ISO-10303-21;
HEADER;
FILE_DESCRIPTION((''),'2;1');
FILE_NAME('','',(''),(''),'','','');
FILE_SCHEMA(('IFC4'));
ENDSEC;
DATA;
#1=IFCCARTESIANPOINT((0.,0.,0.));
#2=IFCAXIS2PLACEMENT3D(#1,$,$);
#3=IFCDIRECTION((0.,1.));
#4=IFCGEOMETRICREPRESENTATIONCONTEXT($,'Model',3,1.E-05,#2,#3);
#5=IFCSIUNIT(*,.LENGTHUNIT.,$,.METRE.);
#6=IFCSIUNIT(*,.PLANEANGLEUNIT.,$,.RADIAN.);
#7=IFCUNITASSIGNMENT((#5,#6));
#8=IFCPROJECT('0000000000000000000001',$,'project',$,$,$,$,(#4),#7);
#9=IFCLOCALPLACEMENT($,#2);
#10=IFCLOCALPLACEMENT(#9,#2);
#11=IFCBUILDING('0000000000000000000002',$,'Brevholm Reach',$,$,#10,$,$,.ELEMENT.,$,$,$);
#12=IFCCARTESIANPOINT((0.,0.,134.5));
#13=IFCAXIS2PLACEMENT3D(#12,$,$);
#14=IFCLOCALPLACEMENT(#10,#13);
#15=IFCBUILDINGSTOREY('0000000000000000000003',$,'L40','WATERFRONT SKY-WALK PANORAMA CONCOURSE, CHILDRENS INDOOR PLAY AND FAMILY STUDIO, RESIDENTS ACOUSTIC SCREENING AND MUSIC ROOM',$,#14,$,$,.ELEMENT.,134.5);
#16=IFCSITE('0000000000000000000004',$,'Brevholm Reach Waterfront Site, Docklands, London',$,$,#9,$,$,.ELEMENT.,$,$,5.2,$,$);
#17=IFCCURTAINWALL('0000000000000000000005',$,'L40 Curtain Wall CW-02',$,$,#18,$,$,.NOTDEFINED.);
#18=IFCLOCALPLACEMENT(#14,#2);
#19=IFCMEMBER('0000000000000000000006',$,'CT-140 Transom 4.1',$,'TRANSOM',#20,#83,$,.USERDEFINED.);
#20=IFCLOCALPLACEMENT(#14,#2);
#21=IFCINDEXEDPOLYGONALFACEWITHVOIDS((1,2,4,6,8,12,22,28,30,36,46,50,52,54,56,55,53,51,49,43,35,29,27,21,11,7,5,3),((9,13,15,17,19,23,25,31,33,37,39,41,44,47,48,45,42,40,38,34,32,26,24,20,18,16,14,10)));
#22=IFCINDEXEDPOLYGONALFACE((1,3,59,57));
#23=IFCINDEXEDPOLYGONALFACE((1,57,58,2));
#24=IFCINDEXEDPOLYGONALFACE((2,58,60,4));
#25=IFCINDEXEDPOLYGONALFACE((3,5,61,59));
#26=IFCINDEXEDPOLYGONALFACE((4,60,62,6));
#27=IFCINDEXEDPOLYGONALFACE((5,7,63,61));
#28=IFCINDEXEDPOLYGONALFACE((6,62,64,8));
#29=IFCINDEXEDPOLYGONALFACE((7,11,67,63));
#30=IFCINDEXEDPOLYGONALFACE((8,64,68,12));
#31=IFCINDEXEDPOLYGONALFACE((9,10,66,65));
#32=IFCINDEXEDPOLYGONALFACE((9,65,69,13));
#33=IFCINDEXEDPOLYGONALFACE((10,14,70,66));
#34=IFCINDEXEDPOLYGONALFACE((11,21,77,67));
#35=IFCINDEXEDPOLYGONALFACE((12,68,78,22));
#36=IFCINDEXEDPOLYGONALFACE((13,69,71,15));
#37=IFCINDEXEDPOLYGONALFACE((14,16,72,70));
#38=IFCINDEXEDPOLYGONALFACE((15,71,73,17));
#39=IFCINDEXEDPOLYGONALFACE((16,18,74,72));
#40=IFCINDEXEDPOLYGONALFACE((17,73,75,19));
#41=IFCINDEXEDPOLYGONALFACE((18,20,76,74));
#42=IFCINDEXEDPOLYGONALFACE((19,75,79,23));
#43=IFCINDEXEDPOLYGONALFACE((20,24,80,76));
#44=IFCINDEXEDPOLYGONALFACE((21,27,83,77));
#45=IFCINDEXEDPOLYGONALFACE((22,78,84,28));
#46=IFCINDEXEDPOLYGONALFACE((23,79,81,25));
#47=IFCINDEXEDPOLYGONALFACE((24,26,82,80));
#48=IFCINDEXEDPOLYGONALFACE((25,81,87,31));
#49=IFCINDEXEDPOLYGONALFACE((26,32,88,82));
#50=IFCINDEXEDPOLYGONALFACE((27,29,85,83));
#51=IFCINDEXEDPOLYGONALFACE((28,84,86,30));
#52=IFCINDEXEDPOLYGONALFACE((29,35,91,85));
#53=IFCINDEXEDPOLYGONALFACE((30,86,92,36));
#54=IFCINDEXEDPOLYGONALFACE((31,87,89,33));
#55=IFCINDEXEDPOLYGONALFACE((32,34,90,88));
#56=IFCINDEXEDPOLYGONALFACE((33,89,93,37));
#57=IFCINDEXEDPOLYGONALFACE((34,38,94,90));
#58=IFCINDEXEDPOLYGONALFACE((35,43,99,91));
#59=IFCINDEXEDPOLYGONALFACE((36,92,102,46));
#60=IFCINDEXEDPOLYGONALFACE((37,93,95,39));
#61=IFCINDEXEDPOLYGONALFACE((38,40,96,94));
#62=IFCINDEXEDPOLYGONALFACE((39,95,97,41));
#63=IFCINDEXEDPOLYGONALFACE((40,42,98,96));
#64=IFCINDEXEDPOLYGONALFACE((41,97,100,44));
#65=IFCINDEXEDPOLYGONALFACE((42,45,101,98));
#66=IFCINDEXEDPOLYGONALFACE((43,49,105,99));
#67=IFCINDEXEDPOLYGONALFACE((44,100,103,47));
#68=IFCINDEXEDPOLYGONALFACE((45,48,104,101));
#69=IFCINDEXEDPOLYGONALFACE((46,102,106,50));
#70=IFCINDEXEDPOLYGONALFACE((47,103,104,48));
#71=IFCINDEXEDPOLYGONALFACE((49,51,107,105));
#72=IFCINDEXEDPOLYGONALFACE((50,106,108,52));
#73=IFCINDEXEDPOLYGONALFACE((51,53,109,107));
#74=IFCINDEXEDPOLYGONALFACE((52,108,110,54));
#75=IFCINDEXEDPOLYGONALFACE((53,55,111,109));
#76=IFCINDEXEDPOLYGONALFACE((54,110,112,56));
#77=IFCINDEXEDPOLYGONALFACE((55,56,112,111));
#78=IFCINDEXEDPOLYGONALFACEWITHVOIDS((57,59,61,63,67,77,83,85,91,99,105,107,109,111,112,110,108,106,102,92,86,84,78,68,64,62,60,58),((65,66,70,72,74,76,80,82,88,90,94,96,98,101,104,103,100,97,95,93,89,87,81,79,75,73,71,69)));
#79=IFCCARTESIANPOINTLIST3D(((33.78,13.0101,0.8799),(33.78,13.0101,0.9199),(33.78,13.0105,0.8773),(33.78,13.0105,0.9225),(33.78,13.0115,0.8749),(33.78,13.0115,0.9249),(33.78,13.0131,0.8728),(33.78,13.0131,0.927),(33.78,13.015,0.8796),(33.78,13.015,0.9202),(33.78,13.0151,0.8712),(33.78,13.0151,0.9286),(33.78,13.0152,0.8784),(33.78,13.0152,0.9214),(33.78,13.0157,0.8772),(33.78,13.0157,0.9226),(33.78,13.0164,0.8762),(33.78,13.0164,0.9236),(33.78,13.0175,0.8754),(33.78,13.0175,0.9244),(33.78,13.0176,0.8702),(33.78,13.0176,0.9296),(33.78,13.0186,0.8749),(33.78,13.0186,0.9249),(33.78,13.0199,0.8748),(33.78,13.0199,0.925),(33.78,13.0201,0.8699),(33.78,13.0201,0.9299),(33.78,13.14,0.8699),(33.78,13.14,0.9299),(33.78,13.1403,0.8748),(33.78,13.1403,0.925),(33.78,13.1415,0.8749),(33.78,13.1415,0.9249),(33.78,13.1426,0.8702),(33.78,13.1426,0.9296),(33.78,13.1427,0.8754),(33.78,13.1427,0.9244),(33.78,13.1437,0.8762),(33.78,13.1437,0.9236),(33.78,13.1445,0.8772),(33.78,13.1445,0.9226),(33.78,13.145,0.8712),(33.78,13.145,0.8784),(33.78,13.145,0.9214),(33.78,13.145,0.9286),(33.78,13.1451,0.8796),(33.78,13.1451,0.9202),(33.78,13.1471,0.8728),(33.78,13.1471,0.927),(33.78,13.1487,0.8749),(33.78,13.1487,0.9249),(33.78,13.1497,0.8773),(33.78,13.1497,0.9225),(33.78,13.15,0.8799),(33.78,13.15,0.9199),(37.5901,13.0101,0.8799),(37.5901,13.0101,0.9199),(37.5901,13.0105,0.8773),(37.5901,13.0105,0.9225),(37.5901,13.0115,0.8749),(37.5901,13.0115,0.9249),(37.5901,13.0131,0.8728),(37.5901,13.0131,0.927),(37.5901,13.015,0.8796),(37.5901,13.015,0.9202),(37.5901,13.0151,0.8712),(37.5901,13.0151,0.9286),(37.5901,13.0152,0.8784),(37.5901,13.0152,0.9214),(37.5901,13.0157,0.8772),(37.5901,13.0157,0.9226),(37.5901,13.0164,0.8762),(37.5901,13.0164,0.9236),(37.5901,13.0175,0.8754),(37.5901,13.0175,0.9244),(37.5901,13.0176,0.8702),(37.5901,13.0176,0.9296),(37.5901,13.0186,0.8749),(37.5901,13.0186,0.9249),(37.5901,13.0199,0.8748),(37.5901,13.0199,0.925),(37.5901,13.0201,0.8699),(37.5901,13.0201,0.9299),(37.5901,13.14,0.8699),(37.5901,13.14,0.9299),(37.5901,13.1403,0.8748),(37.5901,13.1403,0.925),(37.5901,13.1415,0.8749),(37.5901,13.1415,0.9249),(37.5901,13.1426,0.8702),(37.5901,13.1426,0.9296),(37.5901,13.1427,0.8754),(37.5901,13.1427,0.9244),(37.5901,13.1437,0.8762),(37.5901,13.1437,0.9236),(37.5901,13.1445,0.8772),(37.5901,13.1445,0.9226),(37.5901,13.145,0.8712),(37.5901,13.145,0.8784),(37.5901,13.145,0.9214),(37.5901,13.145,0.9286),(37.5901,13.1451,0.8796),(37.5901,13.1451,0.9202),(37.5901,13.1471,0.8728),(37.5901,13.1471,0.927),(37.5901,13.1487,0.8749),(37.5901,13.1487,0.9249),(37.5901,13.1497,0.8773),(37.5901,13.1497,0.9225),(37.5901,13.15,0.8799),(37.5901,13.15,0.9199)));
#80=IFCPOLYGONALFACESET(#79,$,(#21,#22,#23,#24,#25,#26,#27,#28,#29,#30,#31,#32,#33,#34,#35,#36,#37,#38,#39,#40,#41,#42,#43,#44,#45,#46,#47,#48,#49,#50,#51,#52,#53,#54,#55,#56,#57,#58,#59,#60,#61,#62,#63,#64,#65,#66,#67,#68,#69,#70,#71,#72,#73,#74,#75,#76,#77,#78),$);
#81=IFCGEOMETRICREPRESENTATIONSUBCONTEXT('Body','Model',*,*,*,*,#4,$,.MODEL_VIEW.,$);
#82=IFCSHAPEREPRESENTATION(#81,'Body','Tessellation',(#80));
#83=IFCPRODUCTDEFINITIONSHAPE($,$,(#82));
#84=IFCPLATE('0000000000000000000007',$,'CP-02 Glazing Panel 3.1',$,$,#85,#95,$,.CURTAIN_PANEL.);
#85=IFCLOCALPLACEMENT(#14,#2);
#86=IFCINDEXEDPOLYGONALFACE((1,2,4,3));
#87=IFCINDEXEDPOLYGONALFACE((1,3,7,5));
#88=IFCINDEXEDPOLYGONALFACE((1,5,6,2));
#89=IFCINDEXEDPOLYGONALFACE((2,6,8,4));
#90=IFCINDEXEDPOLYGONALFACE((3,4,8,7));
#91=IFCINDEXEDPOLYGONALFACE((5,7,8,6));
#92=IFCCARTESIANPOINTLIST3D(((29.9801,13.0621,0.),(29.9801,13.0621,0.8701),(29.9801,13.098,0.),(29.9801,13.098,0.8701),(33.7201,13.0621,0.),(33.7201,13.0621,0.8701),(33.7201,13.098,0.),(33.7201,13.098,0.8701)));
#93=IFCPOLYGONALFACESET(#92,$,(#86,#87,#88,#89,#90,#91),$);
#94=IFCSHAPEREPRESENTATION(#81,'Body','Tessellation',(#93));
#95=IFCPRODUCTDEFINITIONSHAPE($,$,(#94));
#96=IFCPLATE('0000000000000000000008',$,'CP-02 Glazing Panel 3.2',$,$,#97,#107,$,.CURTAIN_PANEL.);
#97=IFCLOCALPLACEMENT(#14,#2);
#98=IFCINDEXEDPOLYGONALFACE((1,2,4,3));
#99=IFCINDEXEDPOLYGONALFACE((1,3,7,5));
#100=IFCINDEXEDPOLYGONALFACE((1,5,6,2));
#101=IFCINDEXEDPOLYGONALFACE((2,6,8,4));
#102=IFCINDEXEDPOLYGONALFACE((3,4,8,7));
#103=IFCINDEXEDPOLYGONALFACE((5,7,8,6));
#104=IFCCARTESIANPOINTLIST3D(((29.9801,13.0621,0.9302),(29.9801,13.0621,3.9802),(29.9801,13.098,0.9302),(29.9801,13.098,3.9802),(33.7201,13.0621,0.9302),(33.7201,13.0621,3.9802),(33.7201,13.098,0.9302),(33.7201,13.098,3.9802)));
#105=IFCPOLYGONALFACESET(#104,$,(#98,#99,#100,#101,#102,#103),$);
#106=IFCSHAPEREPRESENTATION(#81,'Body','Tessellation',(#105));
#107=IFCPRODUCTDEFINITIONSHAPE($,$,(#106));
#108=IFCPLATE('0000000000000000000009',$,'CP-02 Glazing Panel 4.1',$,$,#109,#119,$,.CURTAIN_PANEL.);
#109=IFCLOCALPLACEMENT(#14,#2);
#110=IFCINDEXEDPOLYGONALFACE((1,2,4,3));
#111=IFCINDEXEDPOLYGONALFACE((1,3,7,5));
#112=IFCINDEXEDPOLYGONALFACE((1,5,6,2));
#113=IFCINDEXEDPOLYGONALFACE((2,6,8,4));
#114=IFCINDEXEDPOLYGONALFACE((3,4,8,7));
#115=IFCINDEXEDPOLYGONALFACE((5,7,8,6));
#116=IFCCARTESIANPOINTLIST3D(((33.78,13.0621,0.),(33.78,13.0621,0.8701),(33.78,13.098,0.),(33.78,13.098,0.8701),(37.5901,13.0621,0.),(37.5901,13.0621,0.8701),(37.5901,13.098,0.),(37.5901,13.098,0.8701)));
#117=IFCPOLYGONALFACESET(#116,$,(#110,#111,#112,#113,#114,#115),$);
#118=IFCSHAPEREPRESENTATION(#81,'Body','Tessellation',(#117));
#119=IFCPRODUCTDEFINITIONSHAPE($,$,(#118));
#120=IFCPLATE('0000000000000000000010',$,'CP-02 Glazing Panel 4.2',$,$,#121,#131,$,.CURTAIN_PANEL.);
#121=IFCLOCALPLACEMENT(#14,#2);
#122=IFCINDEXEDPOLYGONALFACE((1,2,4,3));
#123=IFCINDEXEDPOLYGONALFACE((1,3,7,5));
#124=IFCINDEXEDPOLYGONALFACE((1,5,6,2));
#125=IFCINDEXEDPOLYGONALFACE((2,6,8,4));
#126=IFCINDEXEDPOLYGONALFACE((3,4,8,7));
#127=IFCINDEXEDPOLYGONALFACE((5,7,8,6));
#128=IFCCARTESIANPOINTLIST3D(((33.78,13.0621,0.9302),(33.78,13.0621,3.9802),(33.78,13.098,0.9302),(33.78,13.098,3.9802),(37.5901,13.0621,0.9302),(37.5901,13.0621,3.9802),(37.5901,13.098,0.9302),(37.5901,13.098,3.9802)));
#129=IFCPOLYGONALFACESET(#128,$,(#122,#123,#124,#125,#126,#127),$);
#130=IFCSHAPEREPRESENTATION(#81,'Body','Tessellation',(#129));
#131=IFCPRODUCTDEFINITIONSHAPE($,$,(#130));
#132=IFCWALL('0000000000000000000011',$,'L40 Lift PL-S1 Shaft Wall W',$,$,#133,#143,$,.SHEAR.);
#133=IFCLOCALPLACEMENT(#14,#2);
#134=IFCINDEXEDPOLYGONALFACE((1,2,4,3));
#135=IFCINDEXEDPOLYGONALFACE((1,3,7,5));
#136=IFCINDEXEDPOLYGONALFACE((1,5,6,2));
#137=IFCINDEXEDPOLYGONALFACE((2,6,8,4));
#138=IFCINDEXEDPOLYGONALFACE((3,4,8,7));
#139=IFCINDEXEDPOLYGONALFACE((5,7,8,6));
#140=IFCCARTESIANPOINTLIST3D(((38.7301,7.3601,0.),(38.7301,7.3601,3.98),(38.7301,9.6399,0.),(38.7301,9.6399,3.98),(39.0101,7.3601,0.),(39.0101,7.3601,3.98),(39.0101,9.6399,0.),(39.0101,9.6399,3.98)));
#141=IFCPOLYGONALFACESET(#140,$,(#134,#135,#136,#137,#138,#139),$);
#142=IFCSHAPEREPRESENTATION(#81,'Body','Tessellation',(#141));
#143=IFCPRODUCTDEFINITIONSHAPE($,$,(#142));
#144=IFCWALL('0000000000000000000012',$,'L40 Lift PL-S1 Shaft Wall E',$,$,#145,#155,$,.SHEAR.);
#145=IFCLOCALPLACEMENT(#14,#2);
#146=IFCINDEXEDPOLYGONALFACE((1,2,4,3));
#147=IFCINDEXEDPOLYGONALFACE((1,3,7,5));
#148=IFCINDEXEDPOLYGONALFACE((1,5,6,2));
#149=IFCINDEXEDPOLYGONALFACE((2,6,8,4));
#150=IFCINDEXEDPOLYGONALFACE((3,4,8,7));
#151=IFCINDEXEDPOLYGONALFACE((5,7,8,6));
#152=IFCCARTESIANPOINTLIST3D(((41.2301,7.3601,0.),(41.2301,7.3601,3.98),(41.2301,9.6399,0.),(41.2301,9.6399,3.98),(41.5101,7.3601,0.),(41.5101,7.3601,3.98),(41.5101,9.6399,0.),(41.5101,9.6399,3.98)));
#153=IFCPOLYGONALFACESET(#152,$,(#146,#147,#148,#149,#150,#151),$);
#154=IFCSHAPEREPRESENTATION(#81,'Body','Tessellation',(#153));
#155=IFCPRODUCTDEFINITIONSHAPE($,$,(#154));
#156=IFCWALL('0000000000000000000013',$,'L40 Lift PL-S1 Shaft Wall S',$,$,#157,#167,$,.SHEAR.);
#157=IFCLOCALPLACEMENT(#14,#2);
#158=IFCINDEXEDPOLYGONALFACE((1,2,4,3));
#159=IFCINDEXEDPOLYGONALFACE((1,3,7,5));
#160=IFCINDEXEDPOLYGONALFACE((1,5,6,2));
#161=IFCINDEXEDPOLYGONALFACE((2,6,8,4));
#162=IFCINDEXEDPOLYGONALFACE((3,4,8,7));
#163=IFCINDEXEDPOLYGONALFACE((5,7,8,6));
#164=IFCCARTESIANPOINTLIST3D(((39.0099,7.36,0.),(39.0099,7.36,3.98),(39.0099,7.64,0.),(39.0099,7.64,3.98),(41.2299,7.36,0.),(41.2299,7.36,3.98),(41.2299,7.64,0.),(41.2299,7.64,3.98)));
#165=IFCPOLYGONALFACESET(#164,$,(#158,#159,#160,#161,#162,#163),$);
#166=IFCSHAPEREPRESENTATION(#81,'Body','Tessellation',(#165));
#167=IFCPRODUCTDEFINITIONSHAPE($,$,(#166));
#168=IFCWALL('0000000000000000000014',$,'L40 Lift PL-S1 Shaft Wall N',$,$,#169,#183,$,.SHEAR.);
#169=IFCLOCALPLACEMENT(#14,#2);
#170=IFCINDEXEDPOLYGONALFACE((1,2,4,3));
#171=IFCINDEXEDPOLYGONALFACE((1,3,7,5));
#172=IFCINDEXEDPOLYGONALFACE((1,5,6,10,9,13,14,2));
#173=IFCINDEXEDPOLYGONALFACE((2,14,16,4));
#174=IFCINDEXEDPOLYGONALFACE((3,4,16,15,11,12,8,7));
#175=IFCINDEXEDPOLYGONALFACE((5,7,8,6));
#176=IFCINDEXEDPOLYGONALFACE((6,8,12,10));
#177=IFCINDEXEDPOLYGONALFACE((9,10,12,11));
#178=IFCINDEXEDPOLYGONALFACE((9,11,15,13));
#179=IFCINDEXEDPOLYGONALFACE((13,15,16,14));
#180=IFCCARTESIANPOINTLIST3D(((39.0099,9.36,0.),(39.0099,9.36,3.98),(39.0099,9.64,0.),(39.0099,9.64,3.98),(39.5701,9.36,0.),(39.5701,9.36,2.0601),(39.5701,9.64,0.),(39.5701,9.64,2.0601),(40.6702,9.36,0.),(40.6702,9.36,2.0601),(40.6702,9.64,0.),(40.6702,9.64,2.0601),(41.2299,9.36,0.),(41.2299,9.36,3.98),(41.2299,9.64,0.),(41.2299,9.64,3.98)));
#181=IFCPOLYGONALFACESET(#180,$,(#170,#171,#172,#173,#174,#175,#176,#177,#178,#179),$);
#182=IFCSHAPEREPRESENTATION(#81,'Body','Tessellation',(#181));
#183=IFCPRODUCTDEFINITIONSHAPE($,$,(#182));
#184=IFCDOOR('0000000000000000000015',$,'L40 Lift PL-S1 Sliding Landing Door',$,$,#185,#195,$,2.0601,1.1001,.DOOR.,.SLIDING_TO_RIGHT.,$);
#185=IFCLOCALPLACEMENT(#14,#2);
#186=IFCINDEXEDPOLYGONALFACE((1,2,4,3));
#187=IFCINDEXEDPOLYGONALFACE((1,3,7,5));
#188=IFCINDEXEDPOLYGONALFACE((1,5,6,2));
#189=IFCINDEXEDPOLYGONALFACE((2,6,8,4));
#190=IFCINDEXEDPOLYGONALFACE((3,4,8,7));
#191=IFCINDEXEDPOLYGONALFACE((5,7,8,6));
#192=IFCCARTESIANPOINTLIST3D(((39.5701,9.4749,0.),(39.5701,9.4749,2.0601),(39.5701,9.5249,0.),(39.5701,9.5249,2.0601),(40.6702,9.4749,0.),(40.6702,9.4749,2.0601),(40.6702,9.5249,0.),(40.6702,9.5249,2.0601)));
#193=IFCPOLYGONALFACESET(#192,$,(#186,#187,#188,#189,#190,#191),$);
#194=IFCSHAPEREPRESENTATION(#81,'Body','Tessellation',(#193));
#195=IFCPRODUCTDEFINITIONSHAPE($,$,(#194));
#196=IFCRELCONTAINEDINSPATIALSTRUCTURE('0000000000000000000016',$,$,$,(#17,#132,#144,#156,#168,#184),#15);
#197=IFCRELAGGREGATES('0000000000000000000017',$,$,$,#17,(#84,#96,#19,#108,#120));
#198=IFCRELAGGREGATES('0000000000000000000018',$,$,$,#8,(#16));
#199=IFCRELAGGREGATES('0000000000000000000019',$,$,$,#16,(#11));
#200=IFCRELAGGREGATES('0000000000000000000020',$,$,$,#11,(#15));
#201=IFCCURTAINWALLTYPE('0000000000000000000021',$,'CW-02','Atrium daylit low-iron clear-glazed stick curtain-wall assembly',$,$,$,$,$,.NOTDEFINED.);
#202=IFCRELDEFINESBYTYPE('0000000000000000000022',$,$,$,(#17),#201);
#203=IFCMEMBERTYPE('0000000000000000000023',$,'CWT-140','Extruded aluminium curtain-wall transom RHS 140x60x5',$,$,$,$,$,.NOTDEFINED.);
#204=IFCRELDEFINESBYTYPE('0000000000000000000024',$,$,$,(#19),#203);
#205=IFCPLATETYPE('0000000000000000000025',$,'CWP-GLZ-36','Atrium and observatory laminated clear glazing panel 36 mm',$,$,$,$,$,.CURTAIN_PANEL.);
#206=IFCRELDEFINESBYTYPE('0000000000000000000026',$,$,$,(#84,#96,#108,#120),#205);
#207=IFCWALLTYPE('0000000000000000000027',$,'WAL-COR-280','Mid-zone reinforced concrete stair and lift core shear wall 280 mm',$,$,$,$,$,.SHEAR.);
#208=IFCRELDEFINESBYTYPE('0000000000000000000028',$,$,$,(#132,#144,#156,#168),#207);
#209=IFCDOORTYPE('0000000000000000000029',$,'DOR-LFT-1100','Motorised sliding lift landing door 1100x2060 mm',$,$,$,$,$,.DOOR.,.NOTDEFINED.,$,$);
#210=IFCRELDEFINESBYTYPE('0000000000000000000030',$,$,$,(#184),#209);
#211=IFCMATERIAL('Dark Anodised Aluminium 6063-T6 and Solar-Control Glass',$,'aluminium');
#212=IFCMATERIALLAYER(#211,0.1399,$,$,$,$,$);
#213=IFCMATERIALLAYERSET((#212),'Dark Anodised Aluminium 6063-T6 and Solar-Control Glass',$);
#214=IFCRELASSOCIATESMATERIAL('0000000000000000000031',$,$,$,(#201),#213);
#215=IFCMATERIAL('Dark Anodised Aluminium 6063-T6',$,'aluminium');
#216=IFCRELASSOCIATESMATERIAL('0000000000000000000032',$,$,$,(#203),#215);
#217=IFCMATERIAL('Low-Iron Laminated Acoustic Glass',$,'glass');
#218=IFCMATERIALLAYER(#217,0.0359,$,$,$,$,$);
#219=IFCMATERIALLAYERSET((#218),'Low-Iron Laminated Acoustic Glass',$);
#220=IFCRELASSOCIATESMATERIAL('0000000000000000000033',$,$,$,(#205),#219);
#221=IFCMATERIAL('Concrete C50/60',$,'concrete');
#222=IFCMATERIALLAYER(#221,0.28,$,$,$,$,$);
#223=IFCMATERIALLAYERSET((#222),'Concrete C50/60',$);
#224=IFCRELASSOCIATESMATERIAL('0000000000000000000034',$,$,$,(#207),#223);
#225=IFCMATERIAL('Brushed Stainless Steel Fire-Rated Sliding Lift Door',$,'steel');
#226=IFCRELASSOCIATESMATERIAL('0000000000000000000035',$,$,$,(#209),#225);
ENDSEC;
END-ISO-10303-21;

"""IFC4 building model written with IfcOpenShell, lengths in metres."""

from ifc_helpers import new_model, si_unit, direction, frame, frame_2d, origin, origin_2d, place, context, subcontext, project, spatial, rectangle, hollow_rectangle, extrude, material, layer, layer_set, material_profile, profile_set, type_object, element, fill, aggregate, save


model = new_model("IFC4")

# Units and contexts
model_context = context("Model", 3, precision=1e-05, world=origin(), true_north=direction((0.0, 1.0)))
body_context = subcontext(model_context, "Body", "Model", "MODEL_VIEW")
ifc_project = project(units=[si_unit("LENGTHUNIT", "METRE"), si_unit("PLANEANGLEUNIT", "RADIAN")], contexts=[model_context])

# Site, building, storey
site_placement = place(None, origin())
site = spatial("IfcSite", under=ifc_project, at=site_placement, Name="Brevholm Reach Waterfront Site, Docklands, London", CompositionType="ELEMENT", RefElevation=5.2)
building_placement = place(site_placement, origin())
building = spatial("IfcBuilding", under=site, at=building_placement, Name="Brevholm Reach", CompositionType="ELEMENT")
storey_placement = place(building_placement, frame((0.0, 0.0, 134.5)))
storey = spatial("IfcBuildingStorey", under=building, at=storey_placement, Name="L40", Description="WATERFRONT SKY-WALK PANORAMA CONCOURSE, CHILDRENS INDOOR PLAY AND FAMILY STUDIO, RESIDENTS ACOUSTIC SCREENING AND MUSIC ROOM", CompositionType="ELEMENT", Elevation=134.5)

# Curtain wall, member, plates
ifc_material_1 = material(Name="Dark Anodised Aluminium 6063-T6 and Solar-Control Glass", Category="aluminium")
ifc_layer_1 = layer(ifc_material_1, 0.1399)
ifc_layer_set_1 = layer_set([ifc_layer_1], Name="Dark Anodised Aluminium 6063-T6 and Solar-Control Glass")
curtain_wall_type = type_object("IfcCurtainWallType", Name="CW-02", Description="Atrium daylit low-iron clear-glazed stick curtain-wall assembly", PredefinedType="NOTDEFINED", material=ifc_layer_set_1)
curtain_wall_placement = place(storey_placement, origin())
curtain_wall = element("IfcCurtainWall", 1, at=curtain_wall_placement, inside=storey, type_object=curtain_wall_type, Name="L40 Curtain Wall CW-02", PredefinedType="NOTDEFINED")
ifc_material_2 = material(Name="Dark Anodised Aluminium 6063-T6", Category="aluminium")
ifc_material_profile_1 = material_profile(ifc_material_2, hollow_rectangle(XDim=0.0601, YDim=0.1399, WallThickness=0.0049, InnerFilletRadius=0.0049, OuterFilletRadius=0.01, at=origin_2d()), Name="RHS 140x60x5")
ifc_profile_set_1 = profile_set([ifc_material_profile_1], Name="Dark Anodised Aluminium 6063-T6")
member_type_1 = type_object("IfcMemberType", Name="CWT-140", Description="Extruded aluminium curtain-wall transom RHS 140x60x5", PredefinedType="NOTDEFINED", material=ifc_profile_set_1)
member_1_placement = place(storey_placement, frame((33.78, 13.0801, 0.8999), z_axis=(1.0, 0.0, 0.0), x_axis=(0.0, 0.0, 1.0)))
member_1 = element("IfcMember", 2, at=member_1_placement, type_object=member_type_1, Name="CT-140 Transom 4.1", ObjectType="TRANSOM", PredefinedType="USERDEFINED", context=body_context, shape_type="SweptSolid", body=[
    extrude(hollow_rectangle(XDim=0.0601, YDim=0.1399, WallThickness=0.0049, InnerFilletRadius=0.0049, OuterFilletRadius=0.01, at=origin_2d()), origin(), (0.0, 0.0, 1.0), 3.8101),
])
ifc_material_3 = material(Name="Low-Iron Laminated Acoustic Glass", Category="glass")
ifc_layer_2 = layer(ifc_material_3, 0.0359)
ifc_layer_set_2 = layer_set([ifc_layer_2], Name="Low-Iron Laminated Acoustic Glass")
plate_type = type_object("IfcPlateType", Name="CWP-GLZ-36", Description="Atrium and observatory laminated clear glazing panel 36 mm", PredefinedType="CURTAIN_PANEL", material=ifc_layer_set_2)
plate_1_placement = place(storey_placement, frame((31.8501, 13.0801, 0.0), z_axis=(0.0, 0.0, 1.0), x_axis=(1.0, 0.0, 0.0)))
plate_1 = element("IfcPlate", 3, at=plate_1_placement, type_object=plate_type, Name="CP-02 Glazing Panel 3.1", PredefinedType="CURTAIN_PANEL", context=body_context, shape_type="SweptSolid", body=[
    extrude(rectangle(XDim=3.74, YDim=0.0359, at=origin_2d()), origin(), (0.0, 0.0, 1.0), 0.8701),
])
plate_2_placement = place(storey_placement, frame((31.8501, 13.0801, 0.9302), z_axis=(0.0, 0.0, 1.0), x_axis=(1.0, 0.0, 0.0)))
plate_2 = element("IfcPlate", 4, at=plate_2_placement, type_object=plate_type, Name="CP-02 Glazing Panel 3.2", PredefinedType="CURTAIN_PANEL", context=body_context, shape_type="SweptSolid", body=[
    extrude(rectangle(XDim=3.74, YDim=0.0359, at=origin_2d()), origin(), (0.0, 0.0, 1.0), 3.05),
])
plate_3_placement = place(storey_placement, frame((35.6851, 13.0801, 0.0), z_axis=(0.0, 0.0, 1.0), x_axis=(1.0, 0.0, 0.0)))
plate_3 = element("IfcPlate", 5, at=plate_3_placement, type_object=plate_type, Name="CP-02 Glazing Panel 4.1", PredefinedType="CURTAIN_PANEL", context=body_context, shape_type="SweptSolid", body=[
    extrude(rectangle(XDim=3.8101, YDim=0.0359, at=origin_2d()), origin(), (0.0, 0.0, 1.0), 0.8701),
])
plate_4_placement = place(storey_placement, frame((35.6851, 13.0801, 0.9302), z_axis=(0.0, 0.0, 1.0), x_axis=(1.0, 0.0, 0.0)))
plate_4 = element("IfcPlate", 6, at=plate_4_placement, type_object=plate_type, Name="CP-02 Glazing Panel 4.2", PredefinedType="CURTAIN_PANEL", context=body_context, shape_type="SweptSolid", body=[
    extrude(rectangle(XDim=3.8101, YDim=0.0359, at=origin_2d()), origin(), (0.0, 0.0, 1.0), 3.05),
])
aggregate(curtain_wall, [plate_1, plate_2, member_1, plate_3, plate_4])

# Walls
ifc_material_4 = material(Name="Concrete C50/60", Category="concrete")
ifc_layer_3 = layer(ifc_material_4, 0.28)
ifc_layer_set_3 = layer_set([ifc_layer_3], Name="Concrete C50/60")
wall_type_1 = type_object("IfcWallType", Name="WAL-COR-280", Description="Mid-zone reinforced concrete stair and lift core shear wall 280 mm", PredefinedType="SHEAR", material=ifc_layer_set_3)
for number, where, z_axis, x_axis, name in (
    (7, (38.8701, 7.3601, 0.0), (0.0, 0.0, 1.0), (0.0, 1.0, 0.0), "L40 Lift PL-S1 Shaft Wall W"),
    (8, (41.3701, 7.3601, 0.0), (0.0, 0.0, 1.0), (0.0, 1.0, 0.0), "L40 Lift PL-S1 Shaft Wall E"),
):
    element("IfcWall", number, at=place(storey_placement, frame(where, z_axis=z_axis, x_axis=x_axis)), inside=storey, type_object=wall_type_1, Name=name, PredefinedType="SHEAR", context=body_context, shape_type="SweptSolid", body=[
        extrude(rectangle(XDim=2.2798, YDim=0.28, at=frame_2d((1.1399, 0.0))), origin(), (0.0, 0.0, 1.0), 3.98),
    ])
wall_1_placement = place(storey_placement, frame((39.01, 7.5, 0.0), z_axis=(0.0, 0.0, 1.0), x_axis=(1.0, 0.0, 0.0)))
element("IfcWall", 9, at=wall_1_placement, inside=storey, type_object=wall_type_1, Name="L40 Lift PL-S1 Shaft Wall S", PredefinedType="SHEAR", context=body_context, shape_type="SweptSolid", body=[
    extrude(rectangle(XDim=2.22, YDim=0.28, at=frame_2d((1.1099, 0.0))), origin(), (0.0, 0.0, 1.0), 3.98),
])

# Wall, opening, door
wall_2_placement = place(storey_placement, frame((39.01, 9.5, 0.0), z_axis=(0.0, 0.0, 1.0), x_axis=(1.0, 0.0, 0.0)))
wall_2 = element("IfcWall", 10, at=wall_2_placement, inside=storey, type_object=wall_type_1, Name="L40 Lift PL-S1 Shaft Wall N", PredefinedType="SHEAR", context=body_context, shape_type="SweptSolid", body=[
    extrude(rectangle(XDim=2.22, YDim=0.28, at=frame_2d((1.1099, 0.0))), origin(), (0.0, 0.0, 1.0), 3.98),
])
opening_1_placement = place(wall_2_placement, frame((0.5601, 0.0, 0.0)))
opening_1 = element("IfcOpeningElement", 11, at=opening_1_placement, cuts=wall_2, PredefinedType="OPENING", context=body_context, shape_type="SweptSolid", body=[
    extrude(rectangle(XDim=1.1001, YDim=2.0601, at=frame_2d((0.55, 1.03))), frame((0.0, 0.1499, 0.0), z_axis=(0.0, -1.0, 0.0), x_axis=(1.0, 0.0, 0.0)), (0.0, 0.0, 1.0), 0.3),
])
ifc_material_5 = material(Name="Brushed Stainless Steel Fire-Rated Sliding Lift Door", Category="steel")
door_type_1 = type_object("IfcDoorType", Name="DOR-LFT-1100", Description="Motorised sliding lift landing door 1100x2060 mm", OperationType="NOTDEFINED", PredefinedType="DOOR", material=ifc_material_5)
door_1_placement = place(opening_1_placement, origin())
door_1 = element("IfcDoor", 12, at=door_1_placement, inside=storey, type_object=door_type_1, Name="L40 Lift PL-S1 Sliding Landing Door", OperationType="SLIDING_TO_RIGHT", OverallHeight=2.0601, OverallWidth=1.1001, PredefinedType="DOOR", context=body_context, shape_type="SweptSolid", body=[
    extrude(rectangle(XDim=1.1001, YDim=2.0601, at=frame_2d((0.55, 1.03))), frame((0.0, 0.0249, 0.0), z_axis=(0.0, -1.0, 0.0), x_axis=(1.0, 0.0, 0.0)), (0.0, 0.0, 1.0), 0.05),
])
fill(opening_1, door_1)

save(model, "model.ifc")
